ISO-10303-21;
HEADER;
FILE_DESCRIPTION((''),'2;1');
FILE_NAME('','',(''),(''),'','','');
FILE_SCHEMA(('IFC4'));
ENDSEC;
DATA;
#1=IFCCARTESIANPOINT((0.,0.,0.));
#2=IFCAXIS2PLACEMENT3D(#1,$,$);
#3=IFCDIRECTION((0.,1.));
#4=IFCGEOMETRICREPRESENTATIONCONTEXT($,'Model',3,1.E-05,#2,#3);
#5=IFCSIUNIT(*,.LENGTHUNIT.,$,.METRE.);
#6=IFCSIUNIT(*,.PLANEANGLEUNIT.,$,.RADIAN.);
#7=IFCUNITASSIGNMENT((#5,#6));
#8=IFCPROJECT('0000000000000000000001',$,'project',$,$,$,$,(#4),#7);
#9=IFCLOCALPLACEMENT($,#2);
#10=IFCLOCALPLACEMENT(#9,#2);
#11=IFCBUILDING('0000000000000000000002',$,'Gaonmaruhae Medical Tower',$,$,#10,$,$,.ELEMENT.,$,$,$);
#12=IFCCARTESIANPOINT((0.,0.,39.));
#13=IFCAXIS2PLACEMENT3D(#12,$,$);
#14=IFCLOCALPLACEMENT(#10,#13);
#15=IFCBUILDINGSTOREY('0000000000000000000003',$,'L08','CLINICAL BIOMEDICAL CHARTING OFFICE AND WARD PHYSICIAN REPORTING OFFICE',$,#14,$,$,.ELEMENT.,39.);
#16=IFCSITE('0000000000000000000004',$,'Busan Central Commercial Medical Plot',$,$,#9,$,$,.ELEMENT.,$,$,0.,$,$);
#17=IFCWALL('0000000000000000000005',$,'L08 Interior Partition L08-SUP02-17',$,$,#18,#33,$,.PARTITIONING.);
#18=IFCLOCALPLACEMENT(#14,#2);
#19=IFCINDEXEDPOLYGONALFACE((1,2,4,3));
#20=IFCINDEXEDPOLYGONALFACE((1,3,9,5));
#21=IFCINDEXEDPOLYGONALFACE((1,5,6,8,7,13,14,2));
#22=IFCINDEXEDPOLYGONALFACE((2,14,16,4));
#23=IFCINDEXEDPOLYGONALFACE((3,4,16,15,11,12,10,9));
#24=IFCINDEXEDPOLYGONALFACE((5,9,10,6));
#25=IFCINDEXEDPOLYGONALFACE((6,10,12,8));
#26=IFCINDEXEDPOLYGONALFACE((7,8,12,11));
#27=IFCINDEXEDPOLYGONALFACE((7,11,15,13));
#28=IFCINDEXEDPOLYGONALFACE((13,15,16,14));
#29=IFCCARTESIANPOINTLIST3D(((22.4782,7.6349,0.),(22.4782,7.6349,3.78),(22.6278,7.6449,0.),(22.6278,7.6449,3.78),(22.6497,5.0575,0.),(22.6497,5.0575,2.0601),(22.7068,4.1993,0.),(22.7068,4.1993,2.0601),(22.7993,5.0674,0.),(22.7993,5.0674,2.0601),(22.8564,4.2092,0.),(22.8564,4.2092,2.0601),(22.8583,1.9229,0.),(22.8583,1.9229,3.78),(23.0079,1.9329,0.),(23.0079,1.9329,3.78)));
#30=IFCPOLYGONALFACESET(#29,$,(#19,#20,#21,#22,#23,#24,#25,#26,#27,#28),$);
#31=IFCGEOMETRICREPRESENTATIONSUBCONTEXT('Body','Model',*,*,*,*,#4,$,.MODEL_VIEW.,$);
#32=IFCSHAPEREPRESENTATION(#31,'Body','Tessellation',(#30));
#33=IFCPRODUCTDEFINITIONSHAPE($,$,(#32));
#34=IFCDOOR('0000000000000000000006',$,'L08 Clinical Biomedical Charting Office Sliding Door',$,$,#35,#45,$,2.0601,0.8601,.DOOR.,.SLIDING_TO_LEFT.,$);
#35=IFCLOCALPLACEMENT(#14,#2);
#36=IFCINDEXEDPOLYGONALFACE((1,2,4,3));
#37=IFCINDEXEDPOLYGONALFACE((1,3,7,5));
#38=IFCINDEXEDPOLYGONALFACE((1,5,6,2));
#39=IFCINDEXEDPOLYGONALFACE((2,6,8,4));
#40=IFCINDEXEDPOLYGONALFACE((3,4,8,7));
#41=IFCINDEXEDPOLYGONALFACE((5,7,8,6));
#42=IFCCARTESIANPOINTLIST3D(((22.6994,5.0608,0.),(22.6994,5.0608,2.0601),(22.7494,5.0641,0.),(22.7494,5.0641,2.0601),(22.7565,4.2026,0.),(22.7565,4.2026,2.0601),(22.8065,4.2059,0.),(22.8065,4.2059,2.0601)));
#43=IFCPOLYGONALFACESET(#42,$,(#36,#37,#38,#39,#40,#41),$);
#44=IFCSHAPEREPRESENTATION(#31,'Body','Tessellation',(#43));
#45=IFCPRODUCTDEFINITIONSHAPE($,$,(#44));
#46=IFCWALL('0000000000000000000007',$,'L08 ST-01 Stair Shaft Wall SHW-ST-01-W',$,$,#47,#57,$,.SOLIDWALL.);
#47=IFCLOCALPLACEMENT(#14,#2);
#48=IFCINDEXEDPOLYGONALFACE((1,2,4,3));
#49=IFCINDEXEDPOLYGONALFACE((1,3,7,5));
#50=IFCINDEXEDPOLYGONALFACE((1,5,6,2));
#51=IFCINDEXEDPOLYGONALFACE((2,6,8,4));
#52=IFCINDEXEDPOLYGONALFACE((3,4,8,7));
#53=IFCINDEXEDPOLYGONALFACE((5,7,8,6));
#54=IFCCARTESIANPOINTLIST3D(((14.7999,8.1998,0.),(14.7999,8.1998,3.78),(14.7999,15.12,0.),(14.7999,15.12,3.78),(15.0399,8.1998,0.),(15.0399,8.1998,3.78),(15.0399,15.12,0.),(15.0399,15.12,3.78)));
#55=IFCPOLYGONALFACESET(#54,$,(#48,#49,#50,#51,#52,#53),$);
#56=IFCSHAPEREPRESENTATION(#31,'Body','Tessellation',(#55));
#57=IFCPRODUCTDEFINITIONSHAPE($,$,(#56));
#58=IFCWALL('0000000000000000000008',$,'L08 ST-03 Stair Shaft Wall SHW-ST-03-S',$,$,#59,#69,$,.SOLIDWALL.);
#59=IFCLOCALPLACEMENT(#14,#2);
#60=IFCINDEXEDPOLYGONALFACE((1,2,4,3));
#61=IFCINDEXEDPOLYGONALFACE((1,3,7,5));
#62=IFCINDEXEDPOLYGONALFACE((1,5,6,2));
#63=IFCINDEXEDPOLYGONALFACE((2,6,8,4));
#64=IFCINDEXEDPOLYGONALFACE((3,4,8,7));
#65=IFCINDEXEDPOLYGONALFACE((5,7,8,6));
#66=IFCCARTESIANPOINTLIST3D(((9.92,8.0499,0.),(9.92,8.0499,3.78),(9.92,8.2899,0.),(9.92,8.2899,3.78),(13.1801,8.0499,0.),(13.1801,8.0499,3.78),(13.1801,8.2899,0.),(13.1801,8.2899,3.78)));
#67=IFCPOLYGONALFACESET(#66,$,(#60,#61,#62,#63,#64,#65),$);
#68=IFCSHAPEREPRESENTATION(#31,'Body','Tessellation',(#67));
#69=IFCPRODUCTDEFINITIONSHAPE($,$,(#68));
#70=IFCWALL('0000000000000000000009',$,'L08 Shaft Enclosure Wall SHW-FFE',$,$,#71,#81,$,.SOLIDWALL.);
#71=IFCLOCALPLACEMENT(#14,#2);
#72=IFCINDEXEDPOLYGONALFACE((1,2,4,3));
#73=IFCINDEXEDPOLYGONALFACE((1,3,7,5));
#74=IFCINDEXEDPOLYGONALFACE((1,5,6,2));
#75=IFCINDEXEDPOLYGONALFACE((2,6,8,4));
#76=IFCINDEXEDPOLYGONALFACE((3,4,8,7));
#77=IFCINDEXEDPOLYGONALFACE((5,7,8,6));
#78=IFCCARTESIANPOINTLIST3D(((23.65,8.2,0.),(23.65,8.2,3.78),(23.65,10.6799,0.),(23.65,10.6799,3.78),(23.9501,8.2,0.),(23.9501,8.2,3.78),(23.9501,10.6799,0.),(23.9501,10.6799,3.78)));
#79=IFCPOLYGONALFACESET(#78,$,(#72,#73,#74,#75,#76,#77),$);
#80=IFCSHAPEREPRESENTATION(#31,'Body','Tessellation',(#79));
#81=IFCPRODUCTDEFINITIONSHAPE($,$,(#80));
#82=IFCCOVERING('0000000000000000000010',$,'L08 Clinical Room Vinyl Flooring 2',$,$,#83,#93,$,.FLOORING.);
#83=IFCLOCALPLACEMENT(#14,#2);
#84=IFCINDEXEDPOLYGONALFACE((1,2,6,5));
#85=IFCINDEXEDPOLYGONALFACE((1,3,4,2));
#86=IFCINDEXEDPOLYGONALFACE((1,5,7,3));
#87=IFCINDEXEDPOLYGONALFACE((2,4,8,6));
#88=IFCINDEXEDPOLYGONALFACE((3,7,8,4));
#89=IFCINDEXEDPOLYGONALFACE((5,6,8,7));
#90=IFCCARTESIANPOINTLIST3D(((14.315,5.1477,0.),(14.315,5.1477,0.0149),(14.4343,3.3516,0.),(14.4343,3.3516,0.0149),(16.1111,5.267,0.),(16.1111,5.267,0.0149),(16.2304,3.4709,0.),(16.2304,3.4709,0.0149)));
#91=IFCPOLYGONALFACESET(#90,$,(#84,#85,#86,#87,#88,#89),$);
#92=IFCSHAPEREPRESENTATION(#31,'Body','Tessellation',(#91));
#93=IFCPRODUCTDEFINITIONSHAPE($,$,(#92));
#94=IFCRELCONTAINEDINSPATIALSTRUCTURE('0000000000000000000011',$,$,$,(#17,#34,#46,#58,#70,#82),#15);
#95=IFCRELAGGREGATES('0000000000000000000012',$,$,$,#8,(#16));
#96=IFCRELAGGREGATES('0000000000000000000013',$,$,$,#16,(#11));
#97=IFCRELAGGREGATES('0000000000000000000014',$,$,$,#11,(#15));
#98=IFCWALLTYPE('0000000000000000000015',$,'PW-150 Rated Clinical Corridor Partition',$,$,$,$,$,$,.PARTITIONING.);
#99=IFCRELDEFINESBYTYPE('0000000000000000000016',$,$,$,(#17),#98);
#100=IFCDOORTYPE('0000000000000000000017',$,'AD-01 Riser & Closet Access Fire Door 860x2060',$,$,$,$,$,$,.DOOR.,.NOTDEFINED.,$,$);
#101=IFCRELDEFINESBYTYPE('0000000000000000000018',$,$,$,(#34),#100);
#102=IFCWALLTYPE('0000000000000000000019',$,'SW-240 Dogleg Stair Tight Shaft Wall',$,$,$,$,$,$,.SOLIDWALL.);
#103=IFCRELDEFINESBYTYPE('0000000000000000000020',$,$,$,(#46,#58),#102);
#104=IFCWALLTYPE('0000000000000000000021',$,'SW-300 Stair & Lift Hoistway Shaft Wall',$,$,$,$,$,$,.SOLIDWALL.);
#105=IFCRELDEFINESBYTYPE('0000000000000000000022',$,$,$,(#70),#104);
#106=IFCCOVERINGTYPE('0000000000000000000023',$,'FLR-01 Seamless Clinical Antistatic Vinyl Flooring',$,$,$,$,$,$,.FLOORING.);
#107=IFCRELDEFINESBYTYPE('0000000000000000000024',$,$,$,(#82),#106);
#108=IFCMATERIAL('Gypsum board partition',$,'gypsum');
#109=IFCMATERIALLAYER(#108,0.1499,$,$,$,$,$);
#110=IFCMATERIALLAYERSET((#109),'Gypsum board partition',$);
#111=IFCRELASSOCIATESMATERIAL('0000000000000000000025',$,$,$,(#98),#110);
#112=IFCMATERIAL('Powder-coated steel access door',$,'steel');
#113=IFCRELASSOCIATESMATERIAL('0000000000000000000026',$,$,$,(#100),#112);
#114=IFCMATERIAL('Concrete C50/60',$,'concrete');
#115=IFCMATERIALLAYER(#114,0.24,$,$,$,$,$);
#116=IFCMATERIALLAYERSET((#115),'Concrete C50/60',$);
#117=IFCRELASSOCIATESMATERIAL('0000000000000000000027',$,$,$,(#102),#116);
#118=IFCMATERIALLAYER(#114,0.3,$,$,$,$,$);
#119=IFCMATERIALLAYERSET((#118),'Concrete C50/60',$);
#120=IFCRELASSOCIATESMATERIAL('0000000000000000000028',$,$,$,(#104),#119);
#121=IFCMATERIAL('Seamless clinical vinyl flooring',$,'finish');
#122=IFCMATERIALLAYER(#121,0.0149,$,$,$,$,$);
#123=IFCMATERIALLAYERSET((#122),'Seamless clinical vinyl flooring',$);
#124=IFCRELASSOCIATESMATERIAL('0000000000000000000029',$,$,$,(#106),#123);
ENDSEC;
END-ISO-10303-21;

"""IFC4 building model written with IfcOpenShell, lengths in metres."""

from ifc_helpers import new_model, si_unit, direction, frame, frame_2d, origin, origin_2d, place, context, subcontext, project, spatial, rectangle, extrude, material, layer, layer_set, type_object, element, fill, save


model = new_model("IFC4")

# Units and contexts
model_context = context("Model", 3, precision=1e-05, world=origin(), true_north=direction((0.0, 1.0)))
body_context = subcontext(model_context, "Body", "Model", "MODEL_VIEW")
ifc_project = project(units=[si_unit("LENGTHUNIT", "METRE"), si_unit("PLANEANGLEUNIT", "RADIAN")], contexts=[model_context])

# Site, building, storey
site_placement = place(None, origin())
site = spatial("IfcSite", under=ifc_project, at=site_placement, Name="Busan Central Commercial Medical Plot", CompositionType="ELEMENT", RefElevation=0.0)
building_placement = place(site_placement, origin())
building = spatial("IfcBuilding", under=site, at=building_placement, Name="Gaonmaruhae Medical Tower", CompositionType="ELEMENT")
storey_placement = place(building_placement, frame((0.0, 0.0, 39.0)))
storey = spatial("IfcBuildingStorey", under=building, at=storey_placement, Name="L08", Description="CLINICAL BIOMEDICAL CHARTING OFFICE AND WARD PHYSICIAN REPORTING OFFICE", CompositionType="ELEMENT", Elevation=39.0)

# Shared definitions
ifc_material_1 = material(Name="Gypsum board partition", Category="gypsum")
ifc_layer_1 = layer(ifc_material_1, 0.1499)
ifc_layer_set_1 = layer_set([ifc_layer_1], Name="Gypsum board partition")
wall_type_1 = type_object("IfcWallType", Name="PW-150 Rated Clinical Corridor Partition", PredefinedType="PARTITIONING", material=ifc_layer_set_1)

# Wall, opening, door
wall_1_placement = place(storey_placement, frame((22.553, 7.6399, 0.0), z_axis=(0.0, 0.0, 1.0), x_axis=(0.066403, -0.997793, 0.0)))
wall_1 = element("IfcWall", 1, at=wall_1_placement, inside=storey, type_object=wall_type_1, Name="L08 Interior Partition L08-SUP02-17", PredefinedType="PARTITIONING", context=body_context, shape_type="SweptSolid", body=[
    extrude(rectangle(XDim=5.7246, YDim=0.1499, at=frame_2d((2.8623, 0.0))), origin(), (0.0, 0.0, 1.0), 3.78),
])
opening_1_placement = place(wall_1_placement, frame((2.583, 0.0, 0.0)))
opening_1 = element("IfcOpeningElement", 2, at=opening_1_placement, cuts=wall_1, PredefinedType="OPENING", context=body_context, shape_type="SweptSolid", body=[
    extrude(rectangle(XDim=0.8601, YDim=2.0601, at=frame_2d((0.4302, 1.03))), frame((0.0, 0.085, 0.0), z_axis=(0.0, -1.0, 0.0), x_axis=(1.0, 0.0, 0.0)), (0.0, 0.0, 1.0), 0.1699),
])
ifc_material_2 = material(Name="Powder-coated steel access door", Category="steel")
door_type = type_object("IfcDoorType", Name="AD-01 Riser & Closet Access Fire Door 860x2060", OperationType="NOTDEFINED", PredefinedType="DOOR", material=ifc_material_2)
door_placement = place(opening_1_placement, origin())
door = element("IfcDoor", 3, at=door_placement, inside=storey, type_object=door_type, Name="L08 Clinical Biomedical Charting Office Sliding Door", OperationType="SLIDING_TO_LEFT", OverallHeight=2.0601, OverallWidth=0.8601, PredefinedType="DOOR", context=body_context, shape_type="SweptSolid", body=[
    extrude(rectangle(XDim=0.8601, YDim=2.0601, at=frame_2d((0.4302, 1.03))), frame((0.0, 0.0249, 0.0), z_axis=(0.0, -1.0, 0.0), x_axis=(1.0, 0.0, 0.0)), (0.0, 0.0, 1.0), 0.05),
])
fill(opening_1, door)

# Walls
ifc_material_3 = material(Name="Concrete C50/60", Category="concrete")
ifc_layer_2 = layer(ifc_material_3, 0.24)
ifc_layer_set_2 = layer_set([ifc_layer_2], Name="Concrete C50/60")
wall_type_2 = type_object("IfcWallType", Name="SW-240 Dogleg Stair Tight Shaft Wall", PredefinedType="SOLIDWALL", material=ifc_layer_set_2)
wall_2_placement = place(storey_placement, frame((14.9199, 8.2, 0.0), z_axis=(0.0, 0.0, 1.0), x_axis=(0.0, 1.0, 0.0)))
element("IfcWall", 4, at=wall_2_placement, inside=storey, type_object=wall_type_2, Name="L08 ST-01 Stair Shaft Wall SHW-ST-01-W", PredefinedType="SOLIDWALL", context=body_context, shape_type="SweptSolid", body=[
    extrude(rectangle(XDim=6.9202, YDim=0.24, at=frame_2d((3.46, 0.0))), origin(), (0.0, 0.0, 1.0), 3.78),
])
wall_3_placement = place(storey_placement, frame((13.1799, 8.1699, 0.0), z_axis=(0.0, 0.0, 1.0), x_axis=(-1.0, 0.0, 0.0)))
element("IfcWall", 5, at=wall_3_placement, inside=storey, type_object=wall_type_2, Name="L08 ST-03 Stair Shaft Wall SHW-ST-03-S", PredefinedType="SOLIDWALL", context=body_context, shape_type="SweptSolid", body=[
    extrude(rectangle(XDim=3.26, YDim=0.24, at=frame_2d((1.6299, 0.0))), origin(), (0.0, 0.0, 1.0), 3.78),
])
ifc_layer_3 = layer(ifc_material_3, 0.3)
ifc_layer_set_3 = layer_set([ifc_layer_3], Name="Concrete C50/60")
wall_type_3 = type_object("IfcWallType", Name="SW-300 Stair & Lift Hoistway Shaft Wall", PredefinedType="SOLIDWALL", material=ifc_layer_set_3)
wall_4_placement = place(storey_placement, frame((23.8, 8.2, 0.0), z_axis=(0.0, 0.0, 1.0), x_axis=(0.0, 1.0, 0.0)))
element("IfcWall", 6, at=wall_4_placement, inside=storey, type_object=wall_type_3, Name="L08 Shaft Enclosure Wall SHW-FFE", PredefinedType="SOLIDWALL", context=body_context, shape_type="SweptSolid", body=[
    extrude(rectangle(XDim=2.48, YDim=0.3, at=frame_2d((1.24, 0.0))), origin(), (0.0, 0.0, 1.0), 3.78),
])

# Covering
ifc_material_4 = material(Name="Seamless clinical vinyl flooring", Category="finish")
ifc_layer_4 = layer(ifc_material_4, 0.0149)
ifc_layer_set_4 = layer_set([ifc_layer_4], Name="Seamless clinical vinyl flooring")
covering_type = type_object("IfcCoveringType", Name="FLR-01 Seamless Clinical Antistatic Vinyl Flooring", PredefinedType="FLOORING", material=ifc_layer_set_4)
covering_placement = place(storey_placement, frame((15.2727, 4.3093, 0.0), z_axis=(0.0, 0.0, 1.0), x_axis=(0.997801, 0.066274, 0.0)))
element("IfcCovering", 7, at=covering_placement, inside=storey, type_object=covering_type, Name="L08 Clinical Room Vinyl Flooring 2", PredefinedType="FLOORING", context=body_context, shape_type="SweptSolid", body=[
    extrude(rectangle(XDim=1.8, YDim=1.8, at=origin_2d()), origin(), (0.0, 0.0, 1.0), 0.0149),
])

save(model, "model.ifc")
